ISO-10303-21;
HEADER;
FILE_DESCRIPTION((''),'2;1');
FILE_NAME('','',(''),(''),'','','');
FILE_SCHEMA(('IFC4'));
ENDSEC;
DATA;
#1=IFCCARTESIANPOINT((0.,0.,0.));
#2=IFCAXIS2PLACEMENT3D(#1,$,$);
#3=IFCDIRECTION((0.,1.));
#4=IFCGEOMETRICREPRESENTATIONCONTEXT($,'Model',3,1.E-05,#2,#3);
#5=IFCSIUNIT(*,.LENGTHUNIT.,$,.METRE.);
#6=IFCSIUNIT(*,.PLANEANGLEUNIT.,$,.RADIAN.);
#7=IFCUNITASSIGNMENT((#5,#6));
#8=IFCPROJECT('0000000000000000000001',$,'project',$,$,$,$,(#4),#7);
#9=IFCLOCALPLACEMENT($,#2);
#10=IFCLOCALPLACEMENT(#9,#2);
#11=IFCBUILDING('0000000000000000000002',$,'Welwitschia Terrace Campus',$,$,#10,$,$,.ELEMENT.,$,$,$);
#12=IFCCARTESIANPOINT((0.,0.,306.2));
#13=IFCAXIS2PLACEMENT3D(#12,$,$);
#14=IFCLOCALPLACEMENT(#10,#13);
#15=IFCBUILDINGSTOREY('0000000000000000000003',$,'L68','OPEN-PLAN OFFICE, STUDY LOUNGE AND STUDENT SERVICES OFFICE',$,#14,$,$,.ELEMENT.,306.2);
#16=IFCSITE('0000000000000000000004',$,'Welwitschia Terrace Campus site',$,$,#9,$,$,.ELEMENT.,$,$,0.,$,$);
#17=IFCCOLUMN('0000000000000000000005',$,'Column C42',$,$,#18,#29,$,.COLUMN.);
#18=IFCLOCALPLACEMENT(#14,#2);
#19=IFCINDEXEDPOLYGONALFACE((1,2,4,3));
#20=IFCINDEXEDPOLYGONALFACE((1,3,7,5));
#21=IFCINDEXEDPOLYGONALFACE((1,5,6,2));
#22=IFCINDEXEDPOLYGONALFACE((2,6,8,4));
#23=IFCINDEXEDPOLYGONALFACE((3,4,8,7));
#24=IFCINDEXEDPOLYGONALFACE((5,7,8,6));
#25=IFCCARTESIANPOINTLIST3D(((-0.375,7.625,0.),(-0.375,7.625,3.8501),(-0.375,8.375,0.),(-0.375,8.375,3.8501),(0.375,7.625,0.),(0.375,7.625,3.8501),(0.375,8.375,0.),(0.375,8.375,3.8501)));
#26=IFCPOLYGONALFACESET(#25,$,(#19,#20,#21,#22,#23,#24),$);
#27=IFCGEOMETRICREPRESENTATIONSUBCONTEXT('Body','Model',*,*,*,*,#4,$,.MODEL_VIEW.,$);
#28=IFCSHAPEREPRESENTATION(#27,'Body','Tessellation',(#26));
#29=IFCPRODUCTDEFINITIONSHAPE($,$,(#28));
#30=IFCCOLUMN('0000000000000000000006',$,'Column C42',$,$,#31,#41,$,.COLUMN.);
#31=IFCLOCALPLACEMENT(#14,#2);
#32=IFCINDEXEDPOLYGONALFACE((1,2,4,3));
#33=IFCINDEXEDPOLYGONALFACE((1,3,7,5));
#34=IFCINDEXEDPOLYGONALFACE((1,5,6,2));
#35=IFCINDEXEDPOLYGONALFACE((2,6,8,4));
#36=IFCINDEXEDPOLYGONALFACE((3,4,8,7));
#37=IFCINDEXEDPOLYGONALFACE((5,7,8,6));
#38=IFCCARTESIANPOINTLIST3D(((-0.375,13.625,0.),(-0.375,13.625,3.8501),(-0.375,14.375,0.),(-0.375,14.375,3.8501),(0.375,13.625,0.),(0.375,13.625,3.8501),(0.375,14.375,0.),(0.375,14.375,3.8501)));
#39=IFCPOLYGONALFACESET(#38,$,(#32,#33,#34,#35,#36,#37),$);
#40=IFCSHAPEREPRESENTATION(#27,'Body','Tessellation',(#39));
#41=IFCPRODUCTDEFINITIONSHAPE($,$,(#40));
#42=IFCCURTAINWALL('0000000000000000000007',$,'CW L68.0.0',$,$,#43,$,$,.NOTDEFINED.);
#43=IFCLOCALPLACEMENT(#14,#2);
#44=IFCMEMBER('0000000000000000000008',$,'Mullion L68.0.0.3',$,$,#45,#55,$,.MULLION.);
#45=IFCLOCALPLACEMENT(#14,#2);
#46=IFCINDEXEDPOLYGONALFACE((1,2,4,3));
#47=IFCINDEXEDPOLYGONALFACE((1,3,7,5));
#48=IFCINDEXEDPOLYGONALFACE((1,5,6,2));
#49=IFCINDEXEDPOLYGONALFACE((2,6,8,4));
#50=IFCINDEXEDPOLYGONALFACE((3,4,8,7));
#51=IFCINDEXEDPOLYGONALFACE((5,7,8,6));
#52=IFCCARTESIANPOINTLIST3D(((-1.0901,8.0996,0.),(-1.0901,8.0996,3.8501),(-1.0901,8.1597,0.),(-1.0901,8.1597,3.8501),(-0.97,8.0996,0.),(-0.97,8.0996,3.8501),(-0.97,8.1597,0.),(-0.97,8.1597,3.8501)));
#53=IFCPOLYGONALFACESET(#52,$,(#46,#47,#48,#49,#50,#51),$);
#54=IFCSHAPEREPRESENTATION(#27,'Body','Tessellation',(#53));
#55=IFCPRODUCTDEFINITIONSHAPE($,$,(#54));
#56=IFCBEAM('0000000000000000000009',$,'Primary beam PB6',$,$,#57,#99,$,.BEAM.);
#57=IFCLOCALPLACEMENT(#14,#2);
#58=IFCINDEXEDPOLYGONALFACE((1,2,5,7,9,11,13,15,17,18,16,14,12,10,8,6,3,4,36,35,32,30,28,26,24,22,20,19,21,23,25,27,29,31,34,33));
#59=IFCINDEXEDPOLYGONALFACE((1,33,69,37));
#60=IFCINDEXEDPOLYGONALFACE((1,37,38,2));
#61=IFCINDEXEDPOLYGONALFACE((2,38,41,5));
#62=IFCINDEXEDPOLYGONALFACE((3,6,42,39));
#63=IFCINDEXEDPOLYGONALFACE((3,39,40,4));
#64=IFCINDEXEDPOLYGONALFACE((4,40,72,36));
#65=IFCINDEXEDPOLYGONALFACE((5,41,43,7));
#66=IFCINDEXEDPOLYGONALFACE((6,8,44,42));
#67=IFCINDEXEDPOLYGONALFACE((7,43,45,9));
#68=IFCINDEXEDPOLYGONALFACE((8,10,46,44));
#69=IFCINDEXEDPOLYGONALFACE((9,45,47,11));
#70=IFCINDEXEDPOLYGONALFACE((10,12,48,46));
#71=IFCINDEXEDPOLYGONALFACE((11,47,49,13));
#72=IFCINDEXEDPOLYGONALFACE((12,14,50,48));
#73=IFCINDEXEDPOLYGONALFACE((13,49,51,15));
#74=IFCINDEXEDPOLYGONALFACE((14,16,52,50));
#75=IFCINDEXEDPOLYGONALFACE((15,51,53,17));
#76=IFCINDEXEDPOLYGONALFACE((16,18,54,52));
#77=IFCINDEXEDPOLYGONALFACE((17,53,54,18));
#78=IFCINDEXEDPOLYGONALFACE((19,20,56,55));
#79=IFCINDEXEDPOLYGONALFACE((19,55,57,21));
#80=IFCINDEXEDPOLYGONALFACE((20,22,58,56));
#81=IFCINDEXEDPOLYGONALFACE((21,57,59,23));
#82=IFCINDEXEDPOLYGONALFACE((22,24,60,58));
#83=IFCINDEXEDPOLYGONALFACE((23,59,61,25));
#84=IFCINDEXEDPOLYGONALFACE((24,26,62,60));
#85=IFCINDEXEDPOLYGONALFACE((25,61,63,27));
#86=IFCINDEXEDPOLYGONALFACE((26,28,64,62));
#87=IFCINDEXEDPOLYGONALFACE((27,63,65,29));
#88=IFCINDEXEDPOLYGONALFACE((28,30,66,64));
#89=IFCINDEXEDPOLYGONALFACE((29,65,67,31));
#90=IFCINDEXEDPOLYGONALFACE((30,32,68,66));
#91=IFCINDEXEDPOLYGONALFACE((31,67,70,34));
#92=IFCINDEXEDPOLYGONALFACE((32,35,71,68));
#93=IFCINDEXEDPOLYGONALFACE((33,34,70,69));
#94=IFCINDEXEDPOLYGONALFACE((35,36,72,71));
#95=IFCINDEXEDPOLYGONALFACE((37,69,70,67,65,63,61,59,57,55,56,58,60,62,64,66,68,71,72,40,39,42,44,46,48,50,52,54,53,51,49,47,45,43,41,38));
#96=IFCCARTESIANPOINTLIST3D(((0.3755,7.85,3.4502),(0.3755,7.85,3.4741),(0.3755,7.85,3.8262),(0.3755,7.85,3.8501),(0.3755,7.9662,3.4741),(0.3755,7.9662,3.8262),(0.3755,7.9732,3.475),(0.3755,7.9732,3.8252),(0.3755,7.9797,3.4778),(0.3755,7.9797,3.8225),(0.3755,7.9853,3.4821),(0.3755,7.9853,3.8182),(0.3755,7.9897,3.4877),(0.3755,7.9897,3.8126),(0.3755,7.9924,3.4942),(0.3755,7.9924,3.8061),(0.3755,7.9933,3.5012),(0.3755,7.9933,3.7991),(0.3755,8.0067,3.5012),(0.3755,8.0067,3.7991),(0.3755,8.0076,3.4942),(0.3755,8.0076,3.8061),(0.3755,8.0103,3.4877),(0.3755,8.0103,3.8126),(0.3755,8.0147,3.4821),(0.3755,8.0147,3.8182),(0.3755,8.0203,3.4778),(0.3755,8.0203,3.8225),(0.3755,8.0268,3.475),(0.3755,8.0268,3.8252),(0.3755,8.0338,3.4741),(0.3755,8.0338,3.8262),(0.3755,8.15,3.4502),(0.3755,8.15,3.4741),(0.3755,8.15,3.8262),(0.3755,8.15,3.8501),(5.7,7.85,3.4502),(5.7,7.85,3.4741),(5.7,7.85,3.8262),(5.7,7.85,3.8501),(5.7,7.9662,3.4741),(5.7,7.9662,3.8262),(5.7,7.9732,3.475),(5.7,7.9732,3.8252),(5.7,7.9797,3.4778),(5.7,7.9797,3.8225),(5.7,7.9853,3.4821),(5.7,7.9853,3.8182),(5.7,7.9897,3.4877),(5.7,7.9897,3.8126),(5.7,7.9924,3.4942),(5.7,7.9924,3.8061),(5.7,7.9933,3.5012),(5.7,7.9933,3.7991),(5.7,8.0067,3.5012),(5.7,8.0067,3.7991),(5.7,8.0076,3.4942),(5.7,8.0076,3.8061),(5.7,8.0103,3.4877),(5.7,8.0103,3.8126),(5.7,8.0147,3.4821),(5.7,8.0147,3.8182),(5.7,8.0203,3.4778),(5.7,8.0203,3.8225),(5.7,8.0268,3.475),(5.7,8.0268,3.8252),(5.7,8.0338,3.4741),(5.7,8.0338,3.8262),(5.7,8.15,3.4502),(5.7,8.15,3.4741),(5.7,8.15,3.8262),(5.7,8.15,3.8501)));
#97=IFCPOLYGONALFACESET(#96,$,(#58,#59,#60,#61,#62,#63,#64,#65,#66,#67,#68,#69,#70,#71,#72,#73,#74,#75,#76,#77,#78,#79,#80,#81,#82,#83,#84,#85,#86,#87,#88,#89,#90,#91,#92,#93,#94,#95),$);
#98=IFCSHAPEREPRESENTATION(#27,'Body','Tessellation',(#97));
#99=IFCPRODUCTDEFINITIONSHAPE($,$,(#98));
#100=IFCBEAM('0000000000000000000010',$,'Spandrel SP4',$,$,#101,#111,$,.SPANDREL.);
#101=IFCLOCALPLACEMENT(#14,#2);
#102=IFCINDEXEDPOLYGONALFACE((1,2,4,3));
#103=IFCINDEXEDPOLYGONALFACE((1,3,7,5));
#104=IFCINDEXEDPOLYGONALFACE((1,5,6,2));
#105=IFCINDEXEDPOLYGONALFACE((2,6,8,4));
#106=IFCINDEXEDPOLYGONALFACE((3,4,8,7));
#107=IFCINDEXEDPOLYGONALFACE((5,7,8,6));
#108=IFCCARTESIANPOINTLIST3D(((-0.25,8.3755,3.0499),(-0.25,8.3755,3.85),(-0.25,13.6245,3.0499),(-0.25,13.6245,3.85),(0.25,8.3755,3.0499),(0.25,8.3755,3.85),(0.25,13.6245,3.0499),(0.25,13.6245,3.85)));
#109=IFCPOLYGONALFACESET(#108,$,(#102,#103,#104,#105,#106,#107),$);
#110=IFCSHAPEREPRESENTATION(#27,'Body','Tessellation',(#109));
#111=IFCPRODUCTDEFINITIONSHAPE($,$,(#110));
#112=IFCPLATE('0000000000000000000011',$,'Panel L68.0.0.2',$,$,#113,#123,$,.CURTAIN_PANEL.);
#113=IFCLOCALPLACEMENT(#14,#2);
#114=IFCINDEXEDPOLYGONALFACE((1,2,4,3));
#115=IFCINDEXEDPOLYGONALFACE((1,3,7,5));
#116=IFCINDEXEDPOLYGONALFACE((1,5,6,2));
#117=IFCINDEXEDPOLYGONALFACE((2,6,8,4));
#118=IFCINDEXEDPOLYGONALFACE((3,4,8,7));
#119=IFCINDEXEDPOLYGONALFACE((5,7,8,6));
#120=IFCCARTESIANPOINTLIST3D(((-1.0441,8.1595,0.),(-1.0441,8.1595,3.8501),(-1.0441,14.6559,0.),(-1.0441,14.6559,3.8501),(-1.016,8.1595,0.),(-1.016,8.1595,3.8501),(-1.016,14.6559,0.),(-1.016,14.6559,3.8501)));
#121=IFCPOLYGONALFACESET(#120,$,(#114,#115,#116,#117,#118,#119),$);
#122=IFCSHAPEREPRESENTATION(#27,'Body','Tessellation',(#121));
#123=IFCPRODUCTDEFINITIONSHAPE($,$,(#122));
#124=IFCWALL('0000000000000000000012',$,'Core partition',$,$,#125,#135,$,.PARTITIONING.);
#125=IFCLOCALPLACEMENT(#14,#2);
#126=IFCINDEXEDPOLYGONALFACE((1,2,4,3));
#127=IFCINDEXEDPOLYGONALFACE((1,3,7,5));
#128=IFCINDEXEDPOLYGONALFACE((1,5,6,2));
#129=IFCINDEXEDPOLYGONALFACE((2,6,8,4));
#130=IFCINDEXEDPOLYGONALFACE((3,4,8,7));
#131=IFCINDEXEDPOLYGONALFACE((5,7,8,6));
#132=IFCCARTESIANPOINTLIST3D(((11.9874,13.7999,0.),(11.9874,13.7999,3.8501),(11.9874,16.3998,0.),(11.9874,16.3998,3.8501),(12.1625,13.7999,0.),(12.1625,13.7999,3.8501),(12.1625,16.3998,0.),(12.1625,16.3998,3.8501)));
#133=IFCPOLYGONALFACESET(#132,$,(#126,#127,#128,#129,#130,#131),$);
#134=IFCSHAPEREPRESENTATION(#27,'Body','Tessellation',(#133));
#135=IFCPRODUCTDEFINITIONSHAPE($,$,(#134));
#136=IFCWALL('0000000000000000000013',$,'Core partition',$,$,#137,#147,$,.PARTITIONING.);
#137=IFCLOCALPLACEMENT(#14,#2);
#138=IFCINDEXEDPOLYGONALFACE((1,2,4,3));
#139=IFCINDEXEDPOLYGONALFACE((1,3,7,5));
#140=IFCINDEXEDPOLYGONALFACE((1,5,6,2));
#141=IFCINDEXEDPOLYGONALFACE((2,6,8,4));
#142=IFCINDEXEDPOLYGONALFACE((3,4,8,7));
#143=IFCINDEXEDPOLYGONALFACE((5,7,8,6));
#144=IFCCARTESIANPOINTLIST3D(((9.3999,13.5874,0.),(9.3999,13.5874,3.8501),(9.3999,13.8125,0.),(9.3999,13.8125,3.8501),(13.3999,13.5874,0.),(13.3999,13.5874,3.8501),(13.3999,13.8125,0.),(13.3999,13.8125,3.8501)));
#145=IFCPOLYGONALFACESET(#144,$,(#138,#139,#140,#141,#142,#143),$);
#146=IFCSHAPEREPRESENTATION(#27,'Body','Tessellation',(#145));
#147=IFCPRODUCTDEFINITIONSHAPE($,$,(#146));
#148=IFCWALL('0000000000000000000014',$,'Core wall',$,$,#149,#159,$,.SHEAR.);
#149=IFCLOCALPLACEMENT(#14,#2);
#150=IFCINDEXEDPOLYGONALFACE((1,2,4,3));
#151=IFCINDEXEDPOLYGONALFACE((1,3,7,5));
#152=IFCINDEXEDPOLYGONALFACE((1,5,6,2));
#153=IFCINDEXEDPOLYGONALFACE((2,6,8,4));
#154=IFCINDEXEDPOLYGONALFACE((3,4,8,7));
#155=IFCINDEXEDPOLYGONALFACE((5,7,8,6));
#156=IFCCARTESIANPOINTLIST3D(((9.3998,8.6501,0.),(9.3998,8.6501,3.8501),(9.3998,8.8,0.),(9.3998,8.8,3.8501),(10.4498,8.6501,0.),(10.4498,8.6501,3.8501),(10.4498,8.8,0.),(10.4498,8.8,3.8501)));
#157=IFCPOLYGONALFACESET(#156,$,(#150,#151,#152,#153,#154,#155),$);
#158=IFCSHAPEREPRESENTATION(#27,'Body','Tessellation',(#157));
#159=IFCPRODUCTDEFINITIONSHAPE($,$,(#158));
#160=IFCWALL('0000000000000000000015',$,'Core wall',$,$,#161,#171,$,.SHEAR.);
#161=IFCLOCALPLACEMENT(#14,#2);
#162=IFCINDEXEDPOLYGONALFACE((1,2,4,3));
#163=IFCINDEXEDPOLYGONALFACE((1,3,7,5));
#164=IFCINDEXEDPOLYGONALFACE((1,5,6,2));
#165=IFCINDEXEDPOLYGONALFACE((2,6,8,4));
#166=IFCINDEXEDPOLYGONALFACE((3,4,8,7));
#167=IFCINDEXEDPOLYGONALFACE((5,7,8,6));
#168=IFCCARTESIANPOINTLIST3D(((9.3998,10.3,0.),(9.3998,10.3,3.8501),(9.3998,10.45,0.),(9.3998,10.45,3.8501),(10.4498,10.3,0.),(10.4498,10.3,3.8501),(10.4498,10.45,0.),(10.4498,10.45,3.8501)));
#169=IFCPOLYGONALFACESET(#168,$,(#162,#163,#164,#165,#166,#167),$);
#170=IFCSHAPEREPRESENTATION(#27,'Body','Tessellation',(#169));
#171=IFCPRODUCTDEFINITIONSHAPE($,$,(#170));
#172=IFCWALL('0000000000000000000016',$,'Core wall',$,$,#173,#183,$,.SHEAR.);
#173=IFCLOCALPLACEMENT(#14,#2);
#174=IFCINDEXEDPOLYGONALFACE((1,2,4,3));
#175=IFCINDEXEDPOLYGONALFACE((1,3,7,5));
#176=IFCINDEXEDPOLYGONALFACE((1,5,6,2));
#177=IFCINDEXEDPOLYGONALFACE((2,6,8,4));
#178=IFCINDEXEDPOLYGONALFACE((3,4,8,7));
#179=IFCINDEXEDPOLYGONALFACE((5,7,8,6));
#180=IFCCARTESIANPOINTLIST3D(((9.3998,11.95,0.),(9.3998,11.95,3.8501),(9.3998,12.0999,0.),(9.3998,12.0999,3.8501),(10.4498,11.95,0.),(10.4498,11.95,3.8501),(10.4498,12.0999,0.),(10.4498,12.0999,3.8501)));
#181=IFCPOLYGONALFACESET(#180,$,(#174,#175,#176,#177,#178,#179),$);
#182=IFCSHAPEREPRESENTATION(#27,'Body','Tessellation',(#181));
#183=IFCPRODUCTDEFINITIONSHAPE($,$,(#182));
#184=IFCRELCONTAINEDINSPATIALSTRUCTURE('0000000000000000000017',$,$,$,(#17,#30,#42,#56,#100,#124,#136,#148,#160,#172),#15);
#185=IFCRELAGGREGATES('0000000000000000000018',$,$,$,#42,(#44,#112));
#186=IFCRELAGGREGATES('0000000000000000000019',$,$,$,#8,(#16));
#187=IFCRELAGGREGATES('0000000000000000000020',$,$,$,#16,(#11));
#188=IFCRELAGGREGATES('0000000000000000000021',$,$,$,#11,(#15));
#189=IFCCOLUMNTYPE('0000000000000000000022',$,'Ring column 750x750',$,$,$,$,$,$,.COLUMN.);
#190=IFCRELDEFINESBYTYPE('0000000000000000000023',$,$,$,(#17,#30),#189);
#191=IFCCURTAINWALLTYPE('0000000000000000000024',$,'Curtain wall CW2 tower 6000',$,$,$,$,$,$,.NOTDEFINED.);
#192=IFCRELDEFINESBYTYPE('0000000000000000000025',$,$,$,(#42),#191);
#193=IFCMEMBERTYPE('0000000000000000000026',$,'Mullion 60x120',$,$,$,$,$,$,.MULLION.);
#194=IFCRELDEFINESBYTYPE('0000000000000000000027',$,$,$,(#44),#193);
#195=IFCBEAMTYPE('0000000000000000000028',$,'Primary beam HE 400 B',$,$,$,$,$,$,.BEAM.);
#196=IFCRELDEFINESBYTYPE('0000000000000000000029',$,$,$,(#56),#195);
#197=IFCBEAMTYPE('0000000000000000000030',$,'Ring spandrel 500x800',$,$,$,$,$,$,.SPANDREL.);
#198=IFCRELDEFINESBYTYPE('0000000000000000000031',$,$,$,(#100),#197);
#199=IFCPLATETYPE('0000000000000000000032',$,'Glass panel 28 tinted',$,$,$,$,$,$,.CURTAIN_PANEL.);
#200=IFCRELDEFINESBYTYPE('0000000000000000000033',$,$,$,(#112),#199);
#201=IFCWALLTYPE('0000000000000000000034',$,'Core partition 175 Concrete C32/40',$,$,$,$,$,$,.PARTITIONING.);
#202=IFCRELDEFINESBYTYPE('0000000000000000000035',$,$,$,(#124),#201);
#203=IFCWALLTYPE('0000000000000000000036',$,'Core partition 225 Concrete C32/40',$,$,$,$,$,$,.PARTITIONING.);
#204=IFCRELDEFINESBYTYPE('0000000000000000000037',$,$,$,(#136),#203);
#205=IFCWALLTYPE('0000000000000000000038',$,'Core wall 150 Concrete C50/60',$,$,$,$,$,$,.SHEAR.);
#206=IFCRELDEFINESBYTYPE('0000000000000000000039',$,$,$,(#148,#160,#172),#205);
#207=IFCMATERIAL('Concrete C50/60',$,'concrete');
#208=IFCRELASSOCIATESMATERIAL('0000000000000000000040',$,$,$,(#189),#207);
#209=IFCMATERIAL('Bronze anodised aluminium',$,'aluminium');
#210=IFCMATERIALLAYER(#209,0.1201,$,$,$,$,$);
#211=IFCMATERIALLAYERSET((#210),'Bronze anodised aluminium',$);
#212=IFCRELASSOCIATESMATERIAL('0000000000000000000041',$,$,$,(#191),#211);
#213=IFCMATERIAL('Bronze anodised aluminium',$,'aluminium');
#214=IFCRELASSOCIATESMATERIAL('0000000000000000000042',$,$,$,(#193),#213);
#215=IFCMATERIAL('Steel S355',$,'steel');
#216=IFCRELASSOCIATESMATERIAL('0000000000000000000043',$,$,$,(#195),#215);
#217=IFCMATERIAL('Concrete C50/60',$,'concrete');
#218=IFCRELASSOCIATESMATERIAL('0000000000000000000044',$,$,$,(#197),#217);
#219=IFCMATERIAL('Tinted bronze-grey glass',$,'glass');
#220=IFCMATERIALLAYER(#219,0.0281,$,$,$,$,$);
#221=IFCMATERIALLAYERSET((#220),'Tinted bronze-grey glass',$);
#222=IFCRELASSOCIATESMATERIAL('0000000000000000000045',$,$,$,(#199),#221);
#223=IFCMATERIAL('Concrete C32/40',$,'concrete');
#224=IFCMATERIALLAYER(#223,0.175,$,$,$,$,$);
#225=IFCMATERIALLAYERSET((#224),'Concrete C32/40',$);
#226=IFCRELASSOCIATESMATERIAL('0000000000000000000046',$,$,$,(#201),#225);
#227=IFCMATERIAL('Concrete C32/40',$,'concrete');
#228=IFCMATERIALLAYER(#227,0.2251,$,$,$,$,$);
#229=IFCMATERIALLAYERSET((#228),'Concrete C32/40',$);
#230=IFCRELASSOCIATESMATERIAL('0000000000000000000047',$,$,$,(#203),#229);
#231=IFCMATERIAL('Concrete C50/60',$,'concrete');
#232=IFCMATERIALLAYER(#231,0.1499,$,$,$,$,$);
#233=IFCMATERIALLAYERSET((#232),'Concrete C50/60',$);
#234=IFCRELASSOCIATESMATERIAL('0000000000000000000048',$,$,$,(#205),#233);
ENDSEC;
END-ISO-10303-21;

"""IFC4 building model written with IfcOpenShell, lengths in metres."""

from ifc_helpers import new_model, si_unit, direction, frame, frame_2d, origin, origin_2d, place, context, subcontext, project, spatial, rectangle, i_section, extrude, material, layer, layer_set, material_profile, profile_set, type_object, element, aggregate, save


model = new_model("IFC4")

# Units and contexts
model_context = context("Model", 3, precision=1e-05, world=origin(), true_north=direction((0.0, 1.0)))
body_context = subcontext(model_context, "Body", "Model", "MODEL_VIEW")
ifc_project = project(units=[si_unit("LENGTHUNIT", "METRE"), si_unit("PLANEANGLEUNIT", "RADIAN")], contexts=[model_context])

# Site, building, storey
site_placement = place(None, origin())
site = spatial("IfcSite", under=ifc_project, at=site_placement, Name="Welwitschia Terrace Campus site", CompositionType="ELEMENT", RefElevation=0.0)
building_placement = place(site_placement, origin())
building = spatial("IfcBuilding", under=site, at=building_placement, Name="Welwitschia Terrace Campus", CompositionType="ELEMENT")
storey_placement = place(building_placement, frame((0.0, 0.0, 306.2)))
storey = spatial("IfcBuildingStorey", under=building, at=storey_placement, Name="L68", Description="OPEN-PLAN OFFICE, STUDY LOUNGE AND STUDENT SERVICES OFFICE", CompositionType="ELEMENT", Elevation=306.2)

# Columns
ifc_material_1 = material(Name="Concrete C50/60", Category="concrete")
ifc_material_profile_1 = material_profile(ifc_material_1, rectangle(XDim=0.75, YDim=0.75, at=origin_2d()))
ifc_profile_set_1 = profile_set([ifc_material_profile_1], Name="Concrete C50/60")
column_type = type_object("IfcColumnType", Name="Ring column 750x750", PredefinedType="COLUMN", material=ifc_profile_set_1)
for number, where, z_axis, x_axis, name in (
    (1, (0.0, 8.0, 0.0), (0.0, 0.0, 1.0), (1.0, 0.0, 0.0), "Column C42"),
    (2, (0.0, 14.0, 0.0), (0.0, 0.0, 1.0), (1.0, 0.0, 0.0), "Column C42"),
):
    element("IfcColumn", number, at=place(storey_placement, frame(where, z_axis=z_axis, x_axis=x_axis)), inside=storey, type_object=column_type, Name=name, PredefinedType="COLUMN", context=body_context, shape_type="SweptSolid", body=[
        extrude(rectangle(XDim=0.75, YDim=0.75, at=origin_2d()), origin(), (0.0, 0.0, 1.0), 3.8501),
    ])

# Curtain wall, member
ifc_material_2 = material(Name="Bronze anodised aluminium", Category="aluminium")
ifc_layer_1 = layer(ifc_material_2, 0.1201)
ifc_layer_set_1 = layer_set([ifc_layer_1], Name="Bronze anodised aluminium")
curtain_wall_type = type_object("IfcCurtainWallType", Name="Curtain wall CW2 tower 6000", PredefinedType="NOTDEFINED", material=ifc_layer_set_1)
curtain_wall_placement = place(storey_placement, origin())
curtain_wall = element("IfcCurtainWall", 3, at=curtain_wall_placement, inside=storey, type_object=curtain_wall_type, Name="CW L68.0.0", PredefinedType="NOTDEFINED")
ifc_material_3 = material(Name="Bronze anodised aluminium", Category="aluminium")
ifc_material_profile_2 = material_profile(ifc_material_3, rectangle(XDim=0.1201, YDim=0.0601, at=origin_2d()))
ifc_profile_set_2 = profile_set([ifc_material_profile_2], Name="Bronze anodised aluminium")
member_type = type_object("IfcMemberType", Name="Mullion 60x120", PredefinedType="MULLION", material=ifc_profile_set_2)
member_placement = place(storey_placement, frame((-1.03, 8.1296, 0.0), z_axis=(0.0, 0.0, 1.0), x_axis=(1.0, 0.0, 0.0)))
member = element("IfcMember", 4, at=member_placement, type_object=member_type, Name="Mullion L68.0.0.3", PredefinedType="MULLION", context=body_context, shape_type="SweptSolid", body=[
    extrude(rectangle(XDim=0.1201, YDim=0.0601, at=origin_2d()), origin(), (0.0, 0.0, 1.0), 3.8501),
])

# Beams
ifc_material_4 = material(Name="Steel S355", Category="steel")
ifc_material_profile_3 = material_profile(ifc_material_4, i_section(OverallWidth=0.3, OverallDepth=0.3999, WebThickness=0.0134, FlangeThickness=0.0239, FilletRadius=0.0271, at=origin_2d()))
ifc_profile_set_3 = profile_set([ifc_material_profile_3], Name="Steel S355")
beam_type_1 = type_object("IfcBeamType", Name="Primary beam HE 400 B", PredefinedType="BEAM", material=ifc_profile_set_3)
beam_1_placement = place(storey_placement, frame((0.3755, 8.0, 3.6501), z_axis=(1.0, 0.0, 0.0), x_axis=(0.0, 1.0, 0.0)))
element("IfcBeam", 5, at=beam_1_placement, inside=storey, type_object=beam_type_1, Name="Primary beam PB6", PredefinedType="BEAM", context=body_context, shape_type="SweptSolid", body=[
    extrude(i_section(OverallWidth=0.3, OverallDepth=0.3999, WebThickness=0.0134, FlangeThickness=0.0239, FilletRadius=0.0271, at=origin_2d()), origin(), (0.0, 0.0, 1.0), 5.3245),
])
ifc_material_5 = material(Name="Concrete C50/60", Category="concrete")
ifc_material_profile_4 = material_profile(ifc_material_5, rectangle(XDim=0.5, YDim=0.8, at=origin_2d()))
ifc_profile_set_4 = profile_set([ifc_material_profile_4], Name="Concrete C50/60")
beam_type_2 = type_object("IfcBeamType", Name="Ring spandrel 500x800", PredefinedType="SPANDREL", material=ifc_profile_set_4)
beam_2_placement = place(storey_placement, frame((0.0, 13.6245, 3.45), z_axis=(0.0, -1.0, 0.0), x_axis=(1.0, 0.0, 0.0)))
element("IfcBeam", 6, at=beam_2_placement, inside=storey, type_object=beam_type_2, Name="Spandrel SP4", PredefinedType="SPANDREL", context=body_context, shape_type="SweptSolid", body=[
    extrude(rectangle(XDim=0.5, YDim=0.8, at=origin_2d()), origin(), (0.0, 0.0, 1.0), 5.249),
])

# Plate
ifc_material_6 = material(Name="Tinted bronze-grey glass", Category="glass")
ifc_layer_2 = layer(ifc_material_6, 0.0281)
ifc_layer_set_2 = layer_set([ifc_layer_2], Name="Tinted bronze-grey glass")
plate_type = type_object("IfcPlateType", Name="Glass panel 28 tinted", PredefinedType="CURTAIN_PANEL", material=ifc_layer_set_2)
plate_placement = place(storey_placement, frame((-1.03, 11.4077, 0.0), z_axis=(0.0, 0.0, 1.0), x_axis=(0.0, -1.0, 0.0)))
plate = element("IfcPlate", 7, at=plate_placement, type_object=plate_type, Name="Panel L68.0.0.2", PredefinedType="CURTAIN_PANEL", context=body_context, shape_type="SweptSolid", body=[
    extrude(rectangle(XDim=6.4963, YDim=0.0281, at=origin_2d()), origin(), (0.0, 0.0, 1.0), 3.8501),
])
aggregate(curtain_wall, [member, plate])

# Walls
ifc_material_7 = material(Name="Concrete C32/40", Category="concrete")
ifc_layer_3 = layer(ifc_material_7, 0.175)
ifc_layer_set_3 = layer_set([ifc_layer_3], Name="Concrete C32/40")
wall_type_1 = type_object("IfcWallType", Name="Core partition 175 Concrete C32/40", PredefinedType="PARTITIONING", material=ifc_layer_set_3)
wall_1_placement = place(storey_placement, frame((12.075, 13.8, 0.0), z_axis=(0.0, 0.0, 1.0), x_axis=(0.0, 1.0, 0.0)))
element("IfcWall", 8, at=wall_1_placement, inside=storey, type_object=wall_type_1, Name="Core partition", PredefinedType="PARTITIONING", context=body_context, shape_type="SweptSolid", body=[
    extrude(rectangle(XDim=2.5999, YDim=0.175, at=frame_2d((1.2998, 0.0))), origin(), (0.0, 0.0, 1.0), 3.8501),
])
ifc_material_8 = material(Name="Concrete C32/40", Category="concrete")
ifc_layer_4 = layer(ifc_material_8, 0.2251)
ifc_layer_set_4 = layer_set([ifc_layer_4], Name="Concrete C32/40")
wall_type_2 = type_object("IfcWallType", Name="Core partition 225 Concrete C32/40", PredefinedType="PARTITIONING", material=ifc_layer_set_4)
wall_2_placement = place(storey_placement, frame((9.3999, 13.7, 0.0), z_axis=(0.0, 0.0, 1.0), x_axis=(1.0, 0.0, 0.0)))
element("IfcWall", 9, at=wall_2_placement, inside=storey, type_object=wall_type_2, Name="Core partition", PredefinedType="PARTITIONING", context=body_context, shape_type="SweptSolid", body=[
    extrude(rectangle(XDim=4.0, YDim=0.2251, at=frame_2d((2.0, 0.0))), origin(), (0.0, 0.0, 1.0), 3.8501),
])
ifc_material_9 = material(Name="Concrete C50/60", Category="concrete")
ifc_layer_5 = layer(ifc_material_9, 0.1499)
ifc_layer_set_5 = layer_set([ifc_layer_5], Name="Concrete C50/60")
wall_type_3 = type_object("IfcWallType", Name="Core wall 150 Concrete C50/60", PredefinedType="SHEAR", material=ifc_layer_set_5)
for number, where, z_axis, x_axis, name in (
    (10, (9.3999, 8.7251, 0.0), (0.0, 0.0, 1.0), (1.0, 0.0, 0.0), "Core wall"),
    (11, (9.3999, 10.375, 0.0), (0.0, 0.0, 1.0), (1.0, 0.0, 0.0), "Core wall"),
    (12, (9.3999, 12.0249, 0.0), (0.0, 0.0, 1.0), (1.0, 0.0, 0.0), "Core wall"),
):
    element("IfcWall", number, at=place(storey_placement, frame(where, z_axis=z_axis, x_axis=x_axis)), inside=storey, type_object=wall_type_3, Name=name, PredefinedType="SHEAR", context=body_context, shape_type="SweptSolid", body=[
        extrude(rectangle(XDim=1.05, YDim=0.1499, at=frame_2d((0.5249, 0.0))), origin(), (0.0, 0.0, 1.0), 3.8501),
    ])

save(model, "model.ifc")
